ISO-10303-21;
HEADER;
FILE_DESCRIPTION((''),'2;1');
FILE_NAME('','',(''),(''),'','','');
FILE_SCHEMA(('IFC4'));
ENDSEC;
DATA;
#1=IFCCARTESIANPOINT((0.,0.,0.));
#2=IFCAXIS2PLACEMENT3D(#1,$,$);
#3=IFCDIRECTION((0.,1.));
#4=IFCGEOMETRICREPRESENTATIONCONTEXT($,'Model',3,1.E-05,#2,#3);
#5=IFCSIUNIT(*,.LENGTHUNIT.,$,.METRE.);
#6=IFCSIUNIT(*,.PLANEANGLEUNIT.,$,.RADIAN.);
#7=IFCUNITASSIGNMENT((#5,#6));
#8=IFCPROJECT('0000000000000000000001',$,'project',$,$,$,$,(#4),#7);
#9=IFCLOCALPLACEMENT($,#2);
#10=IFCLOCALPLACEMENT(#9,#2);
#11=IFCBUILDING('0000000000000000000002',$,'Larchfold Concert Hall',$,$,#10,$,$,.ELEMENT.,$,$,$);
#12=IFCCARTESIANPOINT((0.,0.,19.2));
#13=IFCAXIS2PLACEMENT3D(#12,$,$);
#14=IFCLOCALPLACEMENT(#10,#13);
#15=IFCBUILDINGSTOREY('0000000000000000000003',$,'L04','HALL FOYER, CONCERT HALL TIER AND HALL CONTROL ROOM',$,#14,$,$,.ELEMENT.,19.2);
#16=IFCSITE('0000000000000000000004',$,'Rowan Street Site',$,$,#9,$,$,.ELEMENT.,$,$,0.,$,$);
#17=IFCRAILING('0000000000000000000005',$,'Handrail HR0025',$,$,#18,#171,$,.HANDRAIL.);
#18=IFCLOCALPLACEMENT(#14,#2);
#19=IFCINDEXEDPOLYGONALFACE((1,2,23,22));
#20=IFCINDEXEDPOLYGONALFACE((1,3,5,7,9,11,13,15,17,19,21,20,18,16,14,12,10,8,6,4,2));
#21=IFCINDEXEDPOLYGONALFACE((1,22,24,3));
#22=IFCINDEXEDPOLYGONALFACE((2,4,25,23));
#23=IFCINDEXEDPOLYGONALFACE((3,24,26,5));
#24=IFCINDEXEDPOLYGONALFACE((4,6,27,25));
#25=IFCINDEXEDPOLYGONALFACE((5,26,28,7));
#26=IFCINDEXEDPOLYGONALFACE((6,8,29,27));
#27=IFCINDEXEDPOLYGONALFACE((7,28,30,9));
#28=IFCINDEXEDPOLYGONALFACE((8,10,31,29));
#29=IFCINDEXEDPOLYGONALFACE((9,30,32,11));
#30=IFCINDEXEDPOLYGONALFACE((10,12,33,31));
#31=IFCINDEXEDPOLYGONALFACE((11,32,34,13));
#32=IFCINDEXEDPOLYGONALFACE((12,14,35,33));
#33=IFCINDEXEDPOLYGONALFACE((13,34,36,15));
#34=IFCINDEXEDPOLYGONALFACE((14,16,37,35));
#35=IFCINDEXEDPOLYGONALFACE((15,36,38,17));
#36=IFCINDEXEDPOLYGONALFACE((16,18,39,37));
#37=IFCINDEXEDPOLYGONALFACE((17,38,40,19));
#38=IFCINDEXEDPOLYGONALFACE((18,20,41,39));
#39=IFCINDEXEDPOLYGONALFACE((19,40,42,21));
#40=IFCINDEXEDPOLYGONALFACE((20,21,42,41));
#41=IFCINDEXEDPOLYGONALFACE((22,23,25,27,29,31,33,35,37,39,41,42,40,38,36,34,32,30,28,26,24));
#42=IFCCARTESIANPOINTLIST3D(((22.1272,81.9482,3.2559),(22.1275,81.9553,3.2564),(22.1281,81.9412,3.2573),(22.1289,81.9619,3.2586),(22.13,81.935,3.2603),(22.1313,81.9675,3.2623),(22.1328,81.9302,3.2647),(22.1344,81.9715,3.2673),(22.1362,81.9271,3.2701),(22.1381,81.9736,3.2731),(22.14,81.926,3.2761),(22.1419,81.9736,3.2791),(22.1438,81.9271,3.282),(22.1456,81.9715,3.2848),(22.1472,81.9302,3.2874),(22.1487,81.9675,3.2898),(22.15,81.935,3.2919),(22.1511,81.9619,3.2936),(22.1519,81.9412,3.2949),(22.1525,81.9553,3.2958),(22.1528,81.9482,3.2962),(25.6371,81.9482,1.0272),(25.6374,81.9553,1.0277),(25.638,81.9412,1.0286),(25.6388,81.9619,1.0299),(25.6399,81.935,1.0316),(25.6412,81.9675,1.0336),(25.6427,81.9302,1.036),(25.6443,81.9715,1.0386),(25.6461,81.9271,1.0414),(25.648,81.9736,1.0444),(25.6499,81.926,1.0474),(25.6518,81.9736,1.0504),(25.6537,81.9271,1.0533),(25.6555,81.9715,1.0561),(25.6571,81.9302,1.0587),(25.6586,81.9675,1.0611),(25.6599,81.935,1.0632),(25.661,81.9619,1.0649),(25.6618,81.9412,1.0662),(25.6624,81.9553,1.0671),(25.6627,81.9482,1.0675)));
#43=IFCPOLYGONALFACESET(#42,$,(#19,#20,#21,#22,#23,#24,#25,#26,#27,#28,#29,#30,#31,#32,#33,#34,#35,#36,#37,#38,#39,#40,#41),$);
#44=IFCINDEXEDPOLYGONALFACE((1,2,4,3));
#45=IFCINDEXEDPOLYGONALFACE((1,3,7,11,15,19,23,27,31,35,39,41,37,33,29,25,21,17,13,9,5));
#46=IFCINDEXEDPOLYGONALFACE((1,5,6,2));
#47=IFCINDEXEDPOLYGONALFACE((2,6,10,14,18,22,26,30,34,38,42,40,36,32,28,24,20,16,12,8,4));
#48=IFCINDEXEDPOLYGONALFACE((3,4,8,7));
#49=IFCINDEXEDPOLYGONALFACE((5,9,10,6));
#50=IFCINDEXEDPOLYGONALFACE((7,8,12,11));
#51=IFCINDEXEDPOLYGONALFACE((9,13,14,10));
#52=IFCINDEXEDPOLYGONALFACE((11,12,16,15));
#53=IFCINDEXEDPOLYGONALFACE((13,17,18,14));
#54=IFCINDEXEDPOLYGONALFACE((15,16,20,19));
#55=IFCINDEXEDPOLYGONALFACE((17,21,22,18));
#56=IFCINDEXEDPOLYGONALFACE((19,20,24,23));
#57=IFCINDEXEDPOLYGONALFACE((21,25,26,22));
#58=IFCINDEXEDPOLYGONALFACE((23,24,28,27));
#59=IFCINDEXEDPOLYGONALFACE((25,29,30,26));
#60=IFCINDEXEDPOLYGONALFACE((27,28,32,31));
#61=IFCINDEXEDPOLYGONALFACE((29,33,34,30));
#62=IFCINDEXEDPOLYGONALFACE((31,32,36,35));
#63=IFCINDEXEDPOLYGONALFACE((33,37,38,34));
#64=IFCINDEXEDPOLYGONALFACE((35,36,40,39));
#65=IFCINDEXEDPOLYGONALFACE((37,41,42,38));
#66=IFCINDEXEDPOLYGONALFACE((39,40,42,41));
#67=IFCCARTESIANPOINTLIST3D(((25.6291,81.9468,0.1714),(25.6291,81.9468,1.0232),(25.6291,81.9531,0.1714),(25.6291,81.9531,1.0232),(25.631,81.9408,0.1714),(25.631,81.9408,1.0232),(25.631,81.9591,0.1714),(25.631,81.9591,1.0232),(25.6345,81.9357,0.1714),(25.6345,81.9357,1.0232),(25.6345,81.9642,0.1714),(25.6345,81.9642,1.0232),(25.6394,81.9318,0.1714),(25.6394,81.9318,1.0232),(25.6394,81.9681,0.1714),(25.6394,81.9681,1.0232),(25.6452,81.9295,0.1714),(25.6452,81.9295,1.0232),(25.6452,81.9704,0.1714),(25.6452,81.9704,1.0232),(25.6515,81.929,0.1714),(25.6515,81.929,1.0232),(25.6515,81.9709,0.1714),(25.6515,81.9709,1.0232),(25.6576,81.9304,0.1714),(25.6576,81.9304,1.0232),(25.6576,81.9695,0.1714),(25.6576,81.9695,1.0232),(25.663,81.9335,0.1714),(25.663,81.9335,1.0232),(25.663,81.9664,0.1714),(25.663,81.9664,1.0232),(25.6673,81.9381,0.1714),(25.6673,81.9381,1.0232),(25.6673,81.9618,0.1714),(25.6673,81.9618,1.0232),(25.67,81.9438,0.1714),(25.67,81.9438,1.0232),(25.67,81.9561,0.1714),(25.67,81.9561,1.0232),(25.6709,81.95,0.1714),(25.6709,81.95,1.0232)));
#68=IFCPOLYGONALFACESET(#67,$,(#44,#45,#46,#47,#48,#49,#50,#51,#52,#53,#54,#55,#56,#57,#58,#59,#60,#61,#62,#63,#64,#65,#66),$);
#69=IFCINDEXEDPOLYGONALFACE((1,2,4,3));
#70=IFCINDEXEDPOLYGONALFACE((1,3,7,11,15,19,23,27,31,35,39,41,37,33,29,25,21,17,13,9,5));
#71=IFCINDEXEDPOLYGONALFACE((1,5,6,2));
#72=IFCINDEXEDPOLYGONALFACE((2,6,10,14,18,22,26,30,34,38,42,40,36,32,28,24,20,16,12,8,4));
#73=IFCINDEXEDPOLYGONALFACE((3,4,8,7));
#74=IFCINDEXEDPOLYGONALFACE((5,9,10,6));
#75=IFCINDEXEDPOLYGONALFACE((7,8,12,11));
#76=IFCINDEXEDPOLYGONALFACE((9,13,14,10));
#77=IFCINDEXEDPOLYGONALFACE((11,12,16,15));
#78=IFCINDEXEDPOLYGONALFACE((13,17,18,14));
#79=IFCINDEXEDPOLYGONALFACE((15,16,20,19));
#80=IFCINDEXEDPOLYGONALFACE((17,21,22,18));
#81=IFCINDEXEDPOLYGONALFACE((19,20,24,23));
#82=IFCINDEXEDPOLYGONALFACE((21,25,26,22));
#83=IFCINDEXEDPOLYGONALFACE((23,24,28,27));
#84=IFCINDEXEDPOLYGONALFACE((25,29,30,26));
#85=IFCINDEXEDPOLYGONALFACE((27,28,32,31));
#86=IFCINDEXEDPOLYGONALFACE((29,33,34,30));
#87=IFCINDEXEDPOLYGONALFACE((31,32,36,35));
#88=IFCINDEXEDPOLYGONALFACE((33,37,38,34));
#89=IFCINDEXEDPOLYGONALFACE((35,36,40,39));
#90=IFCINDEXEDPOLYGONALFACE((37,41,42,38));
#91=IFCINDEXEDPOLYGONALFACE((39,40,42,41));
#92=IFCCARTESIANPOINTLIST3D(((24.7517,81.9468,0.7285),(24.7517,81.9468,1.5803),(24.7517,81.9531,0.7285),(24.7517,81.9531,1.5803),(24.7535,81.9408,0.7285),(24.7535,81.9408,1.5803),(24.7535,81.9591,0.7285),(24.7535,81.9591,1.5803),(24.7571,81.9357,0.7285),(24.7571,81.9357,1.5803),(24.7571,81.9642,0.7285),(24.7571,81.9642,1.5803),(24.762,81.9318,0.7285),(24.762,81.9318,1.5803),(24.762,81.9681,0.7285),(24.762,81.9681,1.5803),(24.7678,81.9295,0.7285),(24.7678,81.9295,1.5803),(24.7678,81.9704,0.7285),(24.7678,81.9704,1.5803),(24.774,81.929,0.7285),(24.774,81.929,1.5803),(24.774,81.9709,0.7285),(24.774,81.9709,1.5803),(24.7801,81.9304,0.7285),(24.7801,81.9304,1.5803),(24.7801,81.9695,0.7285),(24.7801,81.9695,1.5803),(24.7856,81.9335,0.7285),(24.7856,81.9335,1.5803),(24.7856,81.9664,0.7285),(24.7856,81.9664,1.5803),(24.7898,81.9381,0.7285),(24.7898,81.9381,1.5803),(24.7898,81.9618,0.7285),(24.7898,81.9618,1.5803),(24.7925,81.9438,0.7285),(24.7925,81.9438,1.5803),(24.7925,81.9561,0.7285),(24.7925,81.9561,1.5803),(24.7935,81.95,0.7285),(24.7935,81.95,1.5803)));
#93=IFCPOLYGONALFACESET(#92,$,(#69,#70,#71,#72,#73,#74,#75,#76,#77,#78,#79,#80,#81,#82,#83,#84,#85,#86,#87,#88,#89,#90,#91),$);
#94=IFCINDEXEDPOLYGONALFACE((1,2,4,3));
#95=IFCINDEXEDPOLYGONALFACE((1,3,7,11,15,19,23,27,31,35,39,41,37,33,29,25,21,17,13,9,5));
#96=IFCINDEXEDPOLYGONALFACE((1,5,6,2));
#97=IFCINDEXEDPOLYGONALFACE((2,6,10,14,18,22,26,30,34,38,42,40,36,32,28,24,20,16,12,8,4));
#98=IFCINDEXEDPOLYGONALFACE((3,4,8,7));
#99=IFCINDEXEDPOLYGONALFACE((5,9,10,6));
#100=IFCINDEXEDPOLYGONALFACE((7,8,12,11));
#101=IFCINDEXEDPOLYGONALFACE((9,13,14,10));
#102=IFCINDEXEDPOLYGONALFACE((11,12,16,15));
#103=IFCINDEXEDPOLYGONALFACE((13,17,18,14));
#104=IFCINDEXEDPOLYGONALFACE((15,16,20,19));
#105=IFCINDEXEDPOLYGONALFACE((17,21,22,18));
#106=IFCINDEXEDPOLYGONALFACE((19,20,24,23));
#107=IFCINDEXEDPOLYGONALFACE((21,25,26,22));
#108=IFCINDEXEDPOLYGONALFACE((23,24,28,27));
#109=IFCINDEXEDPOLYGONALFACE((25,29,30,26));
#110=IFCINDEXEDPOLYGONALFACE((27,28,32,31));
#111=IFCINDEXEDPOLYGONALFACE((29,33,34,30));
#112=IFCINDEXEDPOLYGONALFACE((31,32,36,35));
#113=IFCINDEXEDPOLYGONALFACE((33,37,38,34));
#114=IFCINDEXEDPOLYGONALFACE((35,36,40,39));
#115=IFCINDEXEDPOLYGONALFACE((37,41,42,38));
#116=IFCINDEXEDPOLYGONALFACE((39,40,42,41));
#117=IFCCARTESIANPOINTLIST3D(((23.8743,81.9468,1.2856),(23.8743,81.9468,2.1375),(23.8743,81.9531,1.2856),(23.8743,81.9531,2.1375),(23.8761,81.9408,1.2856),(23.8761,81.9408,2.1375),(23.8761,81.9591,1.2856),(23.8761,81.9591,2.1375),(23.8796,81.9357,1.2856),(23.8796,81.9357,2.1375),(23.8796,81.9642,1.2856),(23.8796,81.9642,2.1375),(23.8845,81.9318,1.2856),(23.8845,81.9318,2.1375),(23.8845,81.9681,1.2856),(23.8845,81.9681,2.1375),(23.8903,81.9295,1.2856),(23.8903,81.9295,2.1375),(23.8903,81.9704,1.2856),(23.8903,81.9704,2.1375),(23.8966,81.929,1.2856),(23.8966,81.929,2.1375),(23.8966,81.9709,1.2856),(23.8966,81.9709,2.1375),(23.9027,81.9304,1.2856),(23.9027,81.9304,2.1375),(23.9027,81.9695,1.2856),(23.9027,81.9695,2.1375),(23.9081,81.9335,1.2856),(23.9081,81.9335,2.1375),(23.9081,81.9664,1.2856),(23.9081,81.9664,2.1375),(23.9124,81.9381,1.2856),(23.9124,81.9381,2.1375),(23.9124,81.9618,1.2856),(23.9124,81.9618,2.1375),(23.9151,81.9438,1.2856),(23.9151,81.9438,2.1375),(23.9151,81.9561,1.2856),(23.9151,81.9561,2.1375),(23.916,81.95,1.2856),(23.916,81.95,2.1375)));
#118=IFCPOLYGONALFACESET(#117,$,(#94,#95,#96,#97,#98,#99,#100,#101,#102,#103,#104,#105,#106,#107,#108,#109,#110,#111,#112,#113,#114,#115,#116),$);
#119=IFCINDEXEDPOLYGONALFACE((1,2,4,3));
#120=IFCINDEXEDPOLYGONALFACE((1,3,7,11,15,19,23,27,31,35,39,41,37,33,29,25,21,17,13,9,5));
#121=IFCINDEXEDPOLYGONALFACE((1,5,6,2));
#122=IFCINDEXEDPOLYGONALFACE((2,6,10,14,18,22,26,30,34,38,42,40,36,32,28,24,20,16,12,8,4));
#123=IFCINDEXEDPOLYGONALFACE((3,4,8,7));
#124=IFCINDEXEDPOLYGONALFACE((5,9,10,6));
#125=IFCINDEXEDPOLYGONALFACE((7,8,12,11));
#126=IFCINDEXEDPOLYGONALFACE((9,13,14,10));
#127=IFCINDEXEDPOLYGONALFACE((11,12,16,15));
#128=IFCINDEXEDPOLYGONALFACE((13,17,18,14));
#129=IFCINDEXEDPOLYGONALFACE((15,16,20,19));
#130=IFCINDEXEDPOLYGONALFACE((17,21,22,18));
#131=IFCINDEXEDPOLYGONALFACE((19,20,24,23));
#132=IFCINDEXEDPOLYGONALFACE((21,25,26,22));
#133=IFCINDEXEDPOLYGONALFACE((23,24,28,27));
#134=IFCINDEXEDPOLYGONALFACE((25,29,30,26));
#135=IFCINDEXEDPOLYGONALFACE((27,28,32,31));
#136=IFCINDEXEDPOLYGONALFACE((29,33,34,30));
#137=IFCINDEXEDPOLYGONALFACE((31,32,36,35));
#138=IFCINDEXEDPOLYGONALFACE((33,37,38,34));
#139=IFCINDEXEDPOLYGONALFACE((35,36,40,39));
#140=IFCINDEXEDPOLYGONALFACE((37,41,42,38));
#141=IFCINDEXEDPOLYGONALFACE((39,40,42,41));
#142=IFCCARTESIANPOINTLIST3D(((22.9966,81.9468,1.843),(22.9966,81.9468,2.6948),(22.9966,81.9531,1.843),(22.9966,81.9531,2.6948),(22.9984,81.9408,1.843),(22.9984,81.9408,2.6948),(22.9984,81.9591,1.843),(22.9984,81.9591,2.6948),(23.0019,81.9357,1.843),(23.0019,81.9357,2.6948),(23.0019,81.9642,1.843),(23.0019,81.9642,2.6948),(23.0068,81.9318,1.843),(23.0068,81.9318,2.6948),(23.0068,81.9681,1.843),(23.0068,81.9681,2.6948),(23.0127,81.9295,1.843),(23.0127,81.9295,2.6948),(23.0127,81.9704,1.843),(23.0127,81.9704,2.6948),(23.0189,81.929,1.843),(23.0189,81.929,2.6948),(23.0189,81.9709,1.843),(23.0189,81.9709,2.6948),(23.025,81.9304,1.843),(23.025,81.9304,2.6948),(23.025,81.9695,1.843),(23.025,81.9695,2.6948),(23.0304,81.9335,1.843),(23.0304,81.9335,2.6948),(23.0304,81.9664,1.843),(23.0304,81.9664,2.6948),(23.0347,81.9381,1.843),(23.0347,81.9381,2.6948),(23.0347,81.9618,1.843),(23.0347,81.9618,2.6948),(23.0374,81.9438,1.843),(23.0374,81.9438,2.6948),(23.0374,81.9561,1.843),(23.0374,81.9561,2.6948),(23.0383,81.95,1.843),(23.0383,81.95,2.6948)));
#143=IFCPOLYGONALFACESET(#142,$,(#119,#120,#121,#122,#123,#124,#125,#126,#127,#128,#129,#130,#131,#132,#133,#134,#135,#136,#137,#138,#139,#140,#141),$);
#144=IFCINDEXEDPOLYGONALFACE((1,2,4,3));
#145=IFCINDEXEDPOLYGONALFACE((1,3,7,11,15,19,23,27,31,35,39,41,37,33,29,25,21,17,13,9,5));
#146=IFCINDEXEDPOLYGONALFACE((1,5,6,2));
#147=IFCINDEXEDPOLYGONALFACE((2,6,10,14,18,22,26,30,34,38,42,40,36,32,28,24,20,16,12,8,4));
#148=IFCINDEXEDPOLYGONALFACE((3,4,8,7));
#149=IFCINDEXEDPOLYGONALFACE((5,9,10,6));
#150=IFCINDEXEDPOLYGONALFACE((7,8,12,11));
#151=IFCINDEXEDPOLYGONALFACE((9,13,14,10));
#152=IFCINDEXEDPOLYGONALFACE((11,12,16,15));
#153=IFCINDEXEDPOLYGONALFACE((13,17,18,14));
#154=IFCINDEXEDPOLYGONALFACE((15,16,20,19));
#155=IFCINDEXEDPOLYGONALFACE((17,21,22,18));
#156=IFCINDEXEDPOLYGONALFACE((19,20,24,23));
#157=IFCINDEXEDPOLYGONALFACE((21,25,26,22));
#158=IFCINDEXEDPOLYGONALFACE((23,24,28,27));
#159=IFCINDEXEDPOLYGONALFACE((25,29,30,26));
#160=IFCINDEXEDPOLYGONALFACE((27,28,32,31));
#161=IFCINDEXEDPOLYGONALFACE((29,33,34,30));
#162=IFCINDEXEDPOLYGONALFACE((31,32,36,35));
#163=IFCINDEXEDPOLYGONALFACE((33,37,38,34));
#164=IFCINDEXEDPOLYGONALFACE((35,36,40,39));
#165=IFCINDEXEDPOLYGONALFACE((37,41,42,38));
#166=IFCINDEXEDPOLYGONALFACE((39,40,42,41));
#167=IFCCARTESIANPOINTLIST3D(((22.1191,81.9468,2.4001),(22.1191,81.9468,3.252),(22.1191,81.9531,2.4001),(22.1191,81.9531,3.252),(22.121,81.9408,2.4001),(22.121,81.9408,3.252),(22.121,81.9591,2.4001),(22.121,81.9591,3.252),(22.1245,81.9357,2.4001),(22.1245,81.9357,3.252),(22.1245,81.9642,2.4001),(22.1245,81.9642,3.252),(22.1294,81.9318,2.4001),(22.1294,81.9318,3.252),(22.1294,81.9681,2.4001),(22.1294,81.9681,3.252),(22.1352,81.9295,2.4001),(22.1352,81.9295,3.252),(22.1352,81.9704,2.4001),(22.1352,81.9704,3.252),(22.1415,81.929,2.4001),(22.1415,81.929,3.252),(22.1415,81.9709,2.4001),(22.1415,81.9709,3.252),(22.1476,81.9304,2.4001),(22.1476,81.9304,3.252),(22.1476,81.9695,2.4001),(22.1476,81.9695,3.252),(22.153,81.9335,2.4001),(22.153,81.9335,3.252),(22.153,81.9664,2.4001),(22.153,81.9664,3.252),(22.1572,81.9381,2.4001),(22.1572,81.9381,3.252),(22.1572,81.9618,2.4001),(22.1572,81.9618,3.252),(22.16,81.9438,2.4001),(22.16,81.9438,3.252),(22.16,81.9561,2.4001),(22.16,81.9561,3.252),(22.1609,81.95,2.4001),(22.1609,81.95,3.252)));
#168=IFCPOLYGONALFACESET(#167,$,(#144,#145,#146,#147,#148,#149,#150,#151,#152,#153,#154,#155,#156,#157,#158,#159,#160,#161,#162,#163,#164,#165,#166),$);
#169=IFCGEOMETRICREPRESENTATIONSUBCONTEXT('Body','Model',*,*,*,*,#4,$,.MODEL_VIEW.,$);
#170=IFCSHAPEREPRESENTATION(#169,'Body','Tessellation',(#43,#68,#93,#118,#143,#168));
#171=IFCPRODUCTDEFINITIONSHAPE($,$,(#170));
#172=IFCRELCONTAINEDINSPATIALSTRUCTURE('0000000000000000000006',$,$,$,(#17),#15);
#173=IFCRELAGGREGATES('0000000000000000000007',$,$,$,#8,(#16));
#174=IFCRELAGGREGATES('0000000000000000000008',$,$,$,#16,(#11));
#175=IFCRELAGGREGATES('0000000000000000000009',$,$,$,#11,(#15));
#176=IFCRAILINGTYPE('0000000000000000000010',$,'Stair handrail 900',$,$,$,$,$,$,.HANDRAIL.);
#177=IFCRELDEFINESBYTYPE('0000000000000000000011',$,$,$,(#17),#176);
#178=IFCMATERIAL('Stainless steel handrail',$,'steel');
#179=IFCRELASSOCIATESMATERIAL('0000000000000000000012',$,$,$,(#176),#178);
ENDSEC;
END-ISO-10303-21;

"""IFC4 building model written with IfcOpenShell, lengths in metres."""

from ifc_helpers import new_model, si_unit, direction, frame, origin, origin_2d, place, context, subcontext, project, spatial, circle, extrude, material, type_object, element, save


model = new_model("IFC4")

# Units and contexts
model_context = context("Model", 3, precision=1e-05, world=origin(), true_north=direction((0.0, 1.0)))
body_context = subcontext(model_context, "Body", "Model", "MODEL_VIEW")
ifc_project = project(units=[si_unit("LENGTHUNIT", "METRE"), si_unit("PLANEANGLEUNIT", "RADIAN")], contexts=[model_context])

# Site, building, storey
site_placement = place(None, origin())
site = spatial("IfcSite", under=ifc_project, at=site_placement, Name="Rowan Street Site", CompositionType="ELEMENT", RefElevation=0.0)
building_placement = place(site_placement, origin())
building = spatial("IfcBuilding", under=site, at=building_placement, Name="Larchfold Concert Hall", CompositionType="ELEMENT")
storey_placement = place(building_placement, frame((0.0, 0.0, 19.2)))
storey = spatial("IfcBuildingStorey", under=building, at=storey_placement, Name="L04", Description="HALL FOYER, CONCERT HALL TIER AND HALL CONTROL ROOM", CompositionType="ELEMENT", Elevation=19.2)

# Railing
ifc_material_1 = material(Name="Stainless steel handrail", Category="steel")
railing_type_1 = type_object("IfcRailingType", Name="Stair handrail 900", PredefinedType="HANDRAIL", material=ifc_material_1)
railing_1_placement = place(storey_placement, frame((25.6499, 81.95, 0.1714)))
element("IfcRailing", 1, at=railing_1_placement, inside=storey, type_object=railing_type_1, Name="Handrail HR0025", PredefinedType="HANDRAIL", context=body_context, shape_type="SweptSolid", body=[
    extrude(circle(Radius=0.0239, at=origin_2d()), frame((0.0, 0.0, 0.876), z_axis=(-0.844193, 0.0, 0.536039), x_axis=(0.0, -1.0, 0.0)), (0.0, 0.0, 1.0), 4.1577),
    extrude(circle(Radius=0.021, at=origin_2d()), origin(), (0.0, 0.0, 1.0), 0.8518),
    extrude(circle(Radius=0.021, at=origin_2d()), frame((-0.8774, 0.0, 0.5571)), (0.0, 0.0, 1.0), 0.8518),
    extrude(circle(Radius=0.021, at=origin_2d()), frame((-1.7549, 0.0, 1.1143)), (0.0, 0.0, 1.0), 0.8518),
    extrude(circle(Radius=0.021, at=origin_2d()), frame((-2.6326, 0.0, 1.6716)), (0.0, 0.0, 1.0), 0.8518),
    extrude(circle(Radius=0.021, at=origin_2d()), frame((-3.51, 0.0, 2.2288)), (0.0, 0.0, 1.0), 0.8518),
])

save(model, "model.ifc")
